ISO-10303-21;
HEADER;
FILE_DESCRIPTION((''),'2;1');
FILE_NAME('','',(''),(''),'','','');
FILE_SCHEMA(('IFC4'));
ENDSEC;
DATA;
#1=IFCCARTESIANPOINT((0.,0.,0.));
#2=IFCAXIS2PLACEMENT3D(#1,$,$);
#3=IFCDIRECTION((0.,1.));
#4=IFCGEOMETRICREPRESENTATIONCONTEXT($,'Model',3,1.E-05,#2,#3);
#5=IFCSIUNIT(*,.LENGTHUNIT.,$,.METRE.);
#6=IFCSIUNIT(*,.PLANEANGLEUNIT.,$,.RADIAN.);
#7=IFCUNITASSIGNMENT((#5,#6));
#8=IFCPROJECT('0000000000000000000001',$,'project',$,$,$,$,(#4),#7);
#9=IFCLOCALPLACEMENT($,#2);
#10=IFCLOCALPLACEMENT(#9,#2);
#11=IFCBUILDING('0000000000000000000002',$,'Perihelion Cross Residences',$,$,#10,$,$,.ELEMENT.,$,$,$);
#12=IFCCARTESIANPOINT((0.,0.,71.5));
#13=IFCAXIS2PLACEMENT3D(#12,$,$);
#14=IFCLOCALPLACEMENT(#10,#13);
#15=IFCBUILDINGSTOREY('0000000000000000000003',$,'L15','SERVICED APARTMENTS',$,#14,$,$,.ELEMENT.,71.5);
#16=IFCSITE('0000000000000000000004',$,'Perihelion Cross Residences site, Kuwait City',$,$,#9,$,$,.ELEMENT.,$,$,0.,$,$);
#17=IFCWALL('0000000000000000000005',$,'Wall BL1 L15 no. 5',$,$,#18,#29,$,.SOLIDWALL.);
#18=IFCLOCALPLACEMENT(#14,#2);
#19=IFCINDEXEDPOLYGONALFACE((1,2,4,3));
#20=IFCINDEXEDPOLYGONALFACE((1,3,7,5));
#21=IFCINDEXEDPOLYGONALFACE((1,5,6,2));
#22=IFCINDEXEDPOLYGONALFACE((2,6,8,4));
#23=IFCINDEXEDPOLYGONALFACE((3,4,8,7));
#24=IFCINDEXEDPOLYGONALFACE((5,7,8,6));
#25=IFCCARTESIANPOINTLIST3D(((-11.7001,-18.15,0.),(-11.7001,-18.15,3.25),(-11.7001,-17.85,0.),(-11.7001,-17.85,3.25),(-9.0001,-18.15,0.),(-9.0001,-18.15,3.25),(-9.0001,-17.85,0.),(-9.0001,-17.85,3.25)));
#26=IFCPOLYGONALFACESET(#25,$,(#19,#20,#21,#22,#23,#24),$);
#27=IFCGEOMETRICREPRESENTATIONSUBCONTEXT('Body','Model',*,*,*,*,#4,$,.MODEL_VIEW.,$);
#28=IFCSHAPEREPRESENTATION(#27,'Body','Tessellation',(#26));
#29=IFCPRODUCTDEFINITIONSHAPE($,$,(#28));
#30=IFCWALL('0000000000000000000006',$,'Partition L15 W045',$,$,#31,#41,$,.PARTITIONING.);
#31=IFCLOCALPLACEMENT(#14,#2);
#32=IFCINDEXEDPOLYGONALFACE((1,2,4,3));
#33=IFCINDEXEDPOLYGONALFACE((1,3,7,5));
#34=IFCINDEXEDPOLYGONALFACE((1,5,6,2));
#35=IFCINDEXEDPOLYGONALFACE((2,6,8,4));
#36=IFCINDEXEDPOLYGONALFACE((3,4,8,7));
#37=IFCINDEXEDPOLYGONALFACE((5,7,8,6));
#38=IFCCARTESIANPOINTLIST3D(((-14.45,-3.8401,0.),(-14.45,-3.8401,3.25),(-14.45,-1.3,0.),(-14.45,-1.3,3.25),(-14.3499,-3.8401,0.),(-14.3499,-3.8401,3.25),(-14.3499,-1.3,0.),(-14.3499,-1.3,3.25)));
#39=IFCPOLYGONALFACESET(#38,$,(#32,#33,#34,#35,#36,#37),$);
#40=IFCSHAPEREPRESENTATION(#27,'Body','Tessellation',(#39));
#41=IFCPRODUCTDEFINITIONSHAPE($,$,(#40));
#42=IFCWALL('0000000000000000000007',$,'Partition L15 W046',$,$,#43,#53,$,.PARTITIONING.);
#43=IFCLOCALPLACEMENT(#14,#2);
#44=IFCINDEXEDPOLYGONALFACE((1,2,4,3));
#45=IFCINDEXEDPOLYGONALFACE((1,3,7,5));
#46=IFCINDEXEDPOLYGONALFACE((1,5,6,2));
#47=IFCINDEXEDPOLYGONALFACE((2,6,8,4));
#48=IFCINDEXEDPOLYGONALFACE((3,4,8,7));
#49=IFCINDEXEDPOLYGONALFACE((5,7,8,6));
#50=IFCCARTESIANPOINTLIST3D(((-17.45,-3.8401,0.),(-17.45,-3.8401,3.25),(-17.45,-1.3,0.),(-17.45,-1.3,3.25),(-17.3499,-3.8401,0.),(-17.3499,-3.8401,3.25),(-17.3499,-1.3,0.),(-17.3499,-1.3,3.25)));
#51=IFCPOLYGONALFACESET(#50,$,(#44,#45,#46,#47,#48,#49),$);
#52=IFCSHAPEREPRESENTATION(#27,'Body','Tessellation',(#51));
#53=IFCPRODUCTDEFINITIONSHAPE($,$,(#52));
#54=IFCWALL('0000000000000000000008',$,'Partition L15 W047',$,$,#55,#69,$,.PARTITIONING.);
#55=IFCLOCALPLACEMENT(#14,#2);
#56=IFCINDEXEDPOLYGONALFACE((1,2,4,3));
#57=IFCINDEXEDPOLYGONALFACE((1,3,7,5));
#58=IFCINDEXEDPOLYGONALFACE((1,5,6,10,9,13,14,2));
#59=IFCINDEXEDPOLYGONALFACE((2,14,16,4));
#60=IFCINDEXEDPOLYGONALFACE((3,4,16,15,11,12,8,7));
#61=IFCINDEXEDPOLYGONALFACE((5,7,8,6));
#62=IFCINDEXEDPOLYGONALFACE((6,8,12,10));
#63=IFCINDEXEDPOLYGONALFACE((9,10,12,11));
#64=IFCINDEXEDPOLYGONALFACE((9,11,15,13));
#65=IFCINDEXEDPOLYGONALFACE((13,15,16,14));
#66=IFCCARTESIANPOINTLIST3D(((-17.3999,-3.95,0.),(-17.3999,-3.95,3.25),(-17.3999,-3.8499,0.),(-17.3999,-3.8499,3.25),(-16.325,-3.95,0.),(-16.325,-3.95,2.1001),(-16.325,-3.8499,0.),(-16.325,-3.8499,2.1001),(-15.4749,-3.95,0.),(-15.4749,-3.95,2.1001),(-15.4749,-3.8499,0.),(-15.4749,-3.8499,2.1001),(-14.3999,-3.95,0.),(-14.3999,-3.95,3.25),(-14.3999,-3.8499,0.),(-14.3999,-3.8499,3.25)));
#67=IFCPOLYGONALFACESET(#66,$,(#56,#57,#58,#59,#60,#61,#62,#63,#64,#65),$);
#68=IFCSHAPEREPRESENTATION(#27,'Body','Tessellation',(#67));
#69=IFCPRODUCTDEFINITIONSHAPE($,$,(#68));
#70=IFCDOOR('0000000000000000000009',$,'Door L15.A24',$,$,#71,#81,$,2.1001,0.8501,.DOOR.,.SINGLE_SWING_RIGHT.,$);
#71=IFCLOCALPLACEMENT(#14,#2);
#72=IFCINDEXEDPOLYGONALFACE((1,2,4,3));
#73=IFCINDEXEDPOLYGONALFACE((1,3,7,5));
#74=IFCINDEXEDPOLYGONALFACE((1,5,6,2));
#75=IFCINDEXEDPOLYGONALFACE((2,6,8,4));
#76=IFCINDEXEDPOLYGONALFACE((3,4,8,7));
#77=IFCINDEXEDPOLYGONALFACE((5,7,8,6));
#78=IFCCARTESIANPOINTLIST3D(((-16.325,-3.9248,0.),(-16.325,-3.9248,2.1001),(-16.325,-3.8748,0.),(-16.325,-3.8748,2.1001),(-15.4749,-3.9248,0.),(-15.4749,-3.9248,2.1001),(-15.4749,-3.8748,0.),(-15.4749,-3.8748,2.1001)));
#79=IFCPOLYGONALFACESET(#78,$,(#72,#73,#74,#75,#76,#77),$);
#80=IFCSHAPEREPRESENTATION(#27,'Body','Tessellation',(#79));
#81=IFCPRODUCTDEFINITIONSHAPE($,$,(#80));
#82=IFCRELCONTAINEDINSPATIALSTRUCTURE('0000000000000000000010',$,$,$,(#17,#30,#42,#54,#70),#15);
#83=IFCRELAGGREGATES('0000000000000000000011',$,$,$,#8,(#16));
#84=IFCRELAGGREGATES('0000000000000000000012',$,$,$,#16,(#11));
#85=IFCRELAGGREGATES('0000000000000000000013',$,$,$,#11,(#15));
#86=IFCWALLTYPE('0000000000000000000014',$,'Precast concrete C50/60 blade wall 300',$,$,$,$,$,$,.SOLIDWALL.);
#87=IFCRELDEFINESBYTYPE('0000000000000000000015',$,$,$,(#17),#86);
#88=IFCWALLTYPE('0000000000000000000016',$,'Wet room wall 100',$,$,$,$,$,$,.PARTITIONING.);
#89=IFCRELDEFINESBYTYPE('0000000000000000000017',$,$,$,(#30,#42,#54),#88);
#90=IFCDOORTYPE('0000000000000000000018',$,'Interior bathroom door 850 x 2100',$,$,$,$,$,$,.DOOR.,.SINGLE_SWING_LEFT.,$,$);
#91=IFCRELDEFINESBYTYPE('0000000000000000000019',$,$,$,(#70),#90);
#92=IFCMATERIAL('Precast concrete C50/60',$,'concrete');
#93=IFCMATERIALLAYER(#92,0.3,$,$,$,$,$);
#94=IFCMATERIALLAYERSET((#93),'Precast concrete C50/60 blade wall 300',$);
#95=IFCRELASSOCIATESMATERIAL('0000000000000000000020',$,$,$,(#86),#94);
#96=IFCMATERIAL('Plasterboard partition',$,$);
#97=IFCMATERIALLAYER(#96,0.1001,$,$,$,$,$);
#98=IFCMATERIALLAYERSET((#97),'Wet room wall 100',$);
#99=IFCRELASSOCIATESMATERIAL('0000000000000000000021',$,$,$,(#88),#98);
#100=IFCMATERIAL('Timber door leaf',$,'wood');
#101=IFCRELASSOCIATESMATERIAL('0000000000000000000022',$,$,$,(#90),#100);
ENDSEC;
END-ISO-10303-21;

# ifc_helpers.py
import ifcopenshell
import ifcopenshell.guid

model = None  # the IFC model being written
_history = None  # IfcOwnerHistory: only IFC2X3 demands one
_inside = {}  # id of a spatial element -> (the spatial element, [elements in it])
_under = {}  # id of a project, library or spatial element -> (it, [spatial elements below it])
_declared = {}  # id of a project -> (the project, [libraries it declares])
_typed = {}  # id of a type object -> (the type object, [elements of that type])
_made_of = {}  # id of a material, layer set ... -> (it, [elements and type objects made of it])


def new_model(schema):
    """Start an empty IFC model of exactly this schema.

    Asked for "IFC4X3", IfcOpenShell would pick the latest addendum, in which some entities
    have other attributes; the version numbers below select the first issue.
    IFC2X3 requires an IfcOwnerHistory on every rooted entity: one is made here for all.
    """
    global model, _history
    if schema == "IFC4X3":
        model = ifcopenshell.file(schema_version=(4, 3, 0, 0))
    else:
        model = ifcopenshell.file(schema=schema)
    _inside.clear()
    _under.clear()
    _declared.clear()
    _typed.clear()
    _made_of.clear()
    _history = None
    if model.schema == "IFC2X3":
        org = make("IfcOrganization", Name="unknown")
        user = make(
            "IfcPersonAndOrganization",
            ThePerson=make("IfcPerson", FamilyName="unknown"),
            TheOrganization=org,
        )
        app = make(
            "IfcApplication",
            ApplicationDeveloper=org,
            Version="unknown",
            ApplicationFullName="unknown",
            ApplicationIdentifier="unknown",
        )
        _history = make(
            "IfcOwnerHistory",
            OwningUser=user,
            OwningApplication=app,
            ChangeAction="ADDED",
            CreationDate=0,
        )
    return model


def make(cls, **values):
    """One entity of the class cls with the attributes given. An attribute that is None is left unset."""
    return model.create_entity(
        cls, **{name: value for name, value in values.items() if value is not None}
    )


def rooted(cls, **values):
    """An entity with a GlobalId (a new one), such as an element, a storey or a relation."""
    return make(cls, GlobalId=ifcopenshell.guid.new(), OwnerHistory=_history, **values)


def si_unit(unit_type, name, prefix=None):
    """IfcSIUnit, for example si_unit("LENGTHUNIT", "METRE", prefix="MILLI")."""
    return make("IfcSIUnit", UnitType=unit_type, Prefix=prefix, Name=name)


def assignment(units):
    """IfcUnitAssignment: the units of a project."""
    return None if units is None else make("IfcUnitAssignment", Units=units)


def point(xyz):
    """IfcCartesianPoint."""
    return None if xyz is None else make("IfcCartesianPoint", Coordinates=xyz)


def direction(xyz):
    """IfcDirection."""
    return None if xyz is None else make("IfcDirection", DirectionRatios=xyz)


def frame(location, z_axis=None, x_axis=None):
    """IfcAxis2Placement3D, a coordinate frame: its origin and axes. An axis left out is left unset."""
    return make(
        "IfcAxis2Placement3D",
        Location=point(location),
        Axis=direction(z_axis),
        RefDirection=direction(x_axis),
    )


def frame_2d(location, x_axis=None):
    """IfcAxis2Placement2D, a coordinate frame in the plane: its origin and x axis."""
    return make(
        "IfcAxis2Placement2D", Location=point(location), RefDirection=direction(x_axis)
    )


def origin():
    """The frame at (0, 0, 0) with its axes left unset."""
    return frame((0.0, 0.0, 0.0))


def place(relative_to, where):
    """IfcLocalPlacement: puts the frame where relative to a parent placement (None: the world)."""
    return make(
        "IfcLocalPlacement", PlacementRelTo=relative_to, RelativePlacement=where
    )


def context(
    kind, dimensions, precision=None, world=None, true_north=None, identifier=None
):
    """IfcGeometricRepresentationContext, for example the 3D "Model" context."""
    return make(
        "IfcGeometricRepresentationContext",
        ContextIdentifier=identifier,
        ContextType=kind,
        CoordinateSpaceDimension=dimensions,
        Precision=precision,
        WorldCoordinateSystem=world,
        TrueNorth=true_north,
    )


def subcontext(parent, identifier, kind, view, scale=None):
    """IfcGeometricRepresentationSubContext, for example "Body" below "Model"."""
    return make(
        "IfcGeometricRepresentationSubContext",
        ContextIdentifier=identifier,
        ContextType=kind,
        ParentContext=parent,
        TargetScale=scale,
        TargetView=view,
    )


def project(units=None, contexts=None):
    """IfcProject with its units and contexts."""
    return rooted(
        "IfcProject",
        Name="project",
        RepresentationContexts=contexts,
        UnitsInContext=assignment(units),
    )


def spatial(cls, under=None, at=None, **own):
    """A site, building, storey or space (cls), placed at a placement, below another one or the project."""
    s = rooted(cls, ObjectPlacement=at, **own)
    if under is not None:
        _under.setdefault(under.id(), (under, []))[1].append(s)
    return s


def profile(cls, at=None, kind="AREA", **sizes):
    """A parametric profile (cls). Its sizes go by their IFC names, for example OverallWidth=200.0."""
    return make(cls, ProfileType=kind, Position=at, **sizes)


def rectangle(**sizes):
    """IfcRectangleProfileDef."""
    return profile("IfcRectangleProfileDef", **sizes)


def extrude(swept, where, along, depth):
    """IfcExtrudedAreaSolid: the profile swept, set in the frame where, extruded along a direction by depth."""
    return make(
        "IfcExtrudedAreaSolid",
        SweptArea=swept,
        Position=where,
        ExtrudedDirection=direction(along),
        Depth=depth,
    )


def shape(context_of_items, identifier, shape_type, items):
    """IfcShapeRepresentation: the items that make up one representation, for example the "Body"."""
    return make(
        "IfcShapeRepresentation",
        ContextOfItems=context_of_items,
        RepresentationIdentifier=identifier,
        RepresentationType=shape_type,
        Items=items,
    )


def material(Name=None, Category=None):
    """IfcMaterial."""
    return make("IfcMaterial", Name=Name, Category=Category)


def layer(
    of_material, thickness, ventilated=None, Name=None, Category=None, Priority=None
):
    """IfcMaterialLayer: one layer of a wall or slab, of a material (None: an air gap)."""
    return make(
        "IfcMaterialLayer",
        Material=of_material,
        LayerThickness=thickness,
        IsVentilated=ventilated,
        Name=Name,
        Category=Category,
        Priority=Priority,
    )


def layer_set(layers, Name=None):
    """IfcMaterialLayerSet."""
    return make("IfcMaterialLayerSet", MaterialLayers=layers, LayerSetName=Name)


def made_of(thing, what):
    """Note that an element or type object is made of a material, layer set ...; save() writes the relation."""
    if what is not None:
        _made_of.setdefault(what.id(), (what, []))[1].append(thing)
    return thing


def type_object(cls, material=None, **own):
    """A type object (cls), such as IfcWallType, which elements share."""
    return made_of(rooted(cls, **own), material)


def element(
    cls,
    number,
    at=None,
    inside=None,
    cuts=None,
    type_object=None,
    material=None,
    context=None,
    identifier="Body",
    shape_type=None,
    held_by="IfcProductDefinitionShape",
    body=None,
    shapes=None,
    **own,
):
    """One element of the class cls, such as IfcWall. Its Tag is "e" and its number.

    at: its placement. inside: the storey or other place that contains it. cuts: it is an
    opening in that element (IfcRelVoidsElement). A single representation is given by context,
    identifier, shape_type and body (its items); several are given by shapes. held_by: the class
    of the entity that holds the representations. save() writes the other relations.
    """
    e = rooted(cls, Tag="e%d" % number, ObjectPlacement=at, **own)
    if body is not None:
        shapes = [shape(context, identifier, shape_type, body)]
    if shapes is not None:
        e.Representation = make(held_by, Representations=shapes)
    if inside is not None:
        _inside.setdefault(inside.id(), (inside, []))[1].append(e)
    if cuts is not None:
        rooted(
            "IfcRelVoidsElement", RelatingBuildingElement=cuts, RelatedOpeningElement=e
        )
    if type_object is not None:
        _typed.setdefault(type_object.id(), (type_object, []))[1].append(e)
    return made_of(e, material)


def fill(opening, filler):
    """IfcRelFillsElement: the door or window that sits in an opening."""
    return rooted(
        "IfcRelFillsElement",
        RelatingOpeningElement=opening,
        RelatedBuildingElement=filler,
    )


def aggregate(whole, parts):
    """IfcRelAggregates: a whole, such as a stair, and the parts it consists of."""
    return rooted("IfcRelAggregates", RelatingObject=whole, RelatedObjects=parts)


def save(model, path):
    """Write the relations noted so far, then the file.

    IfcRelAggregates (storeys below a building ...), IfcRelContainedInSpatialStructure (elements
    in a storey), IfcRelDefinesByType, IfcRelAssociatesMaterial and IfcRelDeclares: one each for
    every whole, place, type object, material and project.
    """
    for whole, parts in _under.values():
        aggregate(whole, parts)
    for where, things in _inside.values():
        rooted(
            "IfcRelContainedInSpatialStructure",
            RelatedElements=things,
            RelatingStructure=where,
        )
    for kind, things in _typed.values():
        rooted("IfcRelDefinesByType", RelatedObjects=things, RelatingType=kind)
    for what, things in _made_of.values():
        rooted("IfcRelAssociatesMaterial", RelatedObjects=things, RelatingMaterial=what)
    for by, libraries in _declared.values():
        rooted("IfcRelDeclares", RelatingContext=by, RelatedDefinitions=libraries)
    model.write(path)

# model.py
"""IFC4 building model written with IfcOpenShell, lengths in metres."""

from ifc_helpers import new_model, si_unit, direction, frame, frame_2d, origin, place, context, subcontext, project, spatial, rectangle, extrude, material, layer, layer_set, type_object, element, fill, save


model = new_model("IFC4")

# Units and contexts
model_context = context("Model", 3, precision=1e-05, world=origin(), true_north=direction((0.0, 1.0)))
body_context = subcontext(model_context, "Body", "Model", "MODEL_VIEW")
ifc_project = project(units=[si_unit("LENGTHUNIT", "METRE"), si_unit("PLANEANGLEUNIT", "RADIAN")], contexts=[model_context])

# Site, building, storey
site_placement = place(None, origin())
site = spatial("IfcSite", under=ifc_project, at=site_placement, Name="Perihelion Cross Residences site, Kuwait City", CompositionType="ELEMENT", RefElevation=0.0)
building_placement = place(site_placement, origin())
building = spatial("IfcBuilding", under=site, at=building_placement, Name="Perihelion Cross Residences", CompositionType="ELEMENT")
storey_placement = place(building_placement, frame((0.0, 0.0, 71.5)))
storey = spatial("IfcBuildingStorey", under=building, at=storey_placement, Name="L15", Description="SERVICED APARTMENTS", CompositionType="ELEMENT", Elevation=71.5)

# Walls
ifc_material_1 = material(Name="Precast concrete C50/60", Category="concrete")
ifc_layer_1 = layer(ifc_material_1, 0.3)
ifc_layer_set_1 = layer_set([ifc_layer_1], Name="Precast concrete C50/60 blade wall 300")
wall_type_1 = type_object("IfcWallType", Name="Precast concrete C50/60 blade wall 300", PredefinedType="SOLIDWALL", material=ifc_layer_set_1)
wall_1_placement = place(storey_placement, frame((-9.0, -18.0, 0.0), z_axis=(0.0, 0.0, 1.0), x_axis=(-1.0, 0.0, 0.0)))
element("IfcWall", 1, at=wall_1_placement, inside=storey, type_object=wall_type_1, Name="Wall BL1 L15 no. 5", PredefinedType="SOLIDWALL", context=body_context, shape_type="SweptSolid", body=[
    extrude(rectangle(XDim=2.7, YDim=0.3, at=frame_2d((1.3501, 0.0))), origin(), (0.0, 0.0, 1.0), 3.25),
])
ifc_material_2 = material(Name="Plasterboard partition")
ifc_layer_2 = layer(ifc_material_2, 0.1001)
ifc_layer_set_2 = layer_set([ifc_layer_2], Name="Wet room wall 100")
wall_type_2 = type_object("IfcWallType", Name="Wet room wall 100", PredefinedType="PARTITIONING", material=ifc_layer_set_2)
for number, where, z_axis, x_axis, name in (
    (2, (-14.3999, -3.8401, 0.0), (0.0, 0.0, 1.0), (0.0, 1.0, 0.0), "Partition L15 W045"),
    (3, (-17.3999, -3.8401, 0.0), (0.0, 0.0, 1.0), (0.0, 1.0, 0.0), "Partition L15 W046"),
):
    element("IfcWall", number, at=place(storey_placement, frame(where, z_axis=z_axis, x_axis=x_axis)), inside=storey, type_object=wall_type_2, Name=name, PredefinedType="PARTITIONING", context=body_context, shape_type="SweptSolid", body=[
        extrude(rectangle(XDim=2.54, YDim=0.1001, at=frame_2d((1.27, 0.0))), origin(), (0.0, 0.0, 1.0), 3.25),
    ])

# Wall, opening, door
wall_2_placement = place(storey_placement, frame((-14.3999, -3.8999, 0.0), z_axis=(0.0, 0.0, 1.0), x_axis=(-1.0, 0.0, 0.0)))
wall_2 = element("IfcWall", 4, at=wall_2_placement, inside=storey, type_object=wall_type_2, Name="Partition L15 W047", PredefinedType="PARTITIONING", context=body_context, shape_type="SweptSolid", body=[
    extrude(rectangle(XDim=3.0, YDim=0.1001, at=frame_2d((1.5, 0.0))), origin(), (0.0, 0.0, 1.0), 3.25),
])
opening_1_placement = place(wall_2_placement, frame((1.075, 0.0, 0.0)))
opening_1 = element("IfcOpeningElement", 5, at=opening_1_placement, cuts=wall_2, PredefinedType="OPENING", context=body_context, shape_type="SweptSolid", body=[
    extrude(rectangle(XDim=0.8501, YDim=2.1001, at=frame_2d((0.425, 1.05))), frame((0.0, 0.0601, 0.0), z_axis=(0.0, -1.0, 0.0), x_axis=(1.0, 0.0, 0.0)), (0.0, 0.0, 1.0), 0.1201),
])
ifc_material_3 = material(Name="Timber door leaf", Category="wood")
door_type_1 = type_object("IfcDoorType", Name="Interior bathroom door 850 x 2100", OperationType="SINGLE_SWING_LEFT", PredefinedType="DOOR", material=ifc_material_3)
door_1_placement = place(opening_1_placement, origin())
door_1 = element("IfcDoor", 6, at=door_1_placement, inside=storey, type_object=door_type_1, Name="Door L15.A24", OperationType="SINGLE_SWING_RIGHT", OverallHeight=2.1001, OverallWidth=0.8501, PredefinedType="DOOR", context=body_context, shape_type="SweptSolid", body=[
    extrude(rectangle(XDim=0.8501, YDim=2.1001, at=frame_2d((0.425, 1.05))), frame((0.0, 0.0249, 0.0), z_axis=(0.0, -1.0, 0.0), x_axis=(1.0, 0.0, 0.0)), (0.0, 0.0, 1.0), 0.05),
])
fill(opening_1, door_1)

save(model, "model.ifc")
